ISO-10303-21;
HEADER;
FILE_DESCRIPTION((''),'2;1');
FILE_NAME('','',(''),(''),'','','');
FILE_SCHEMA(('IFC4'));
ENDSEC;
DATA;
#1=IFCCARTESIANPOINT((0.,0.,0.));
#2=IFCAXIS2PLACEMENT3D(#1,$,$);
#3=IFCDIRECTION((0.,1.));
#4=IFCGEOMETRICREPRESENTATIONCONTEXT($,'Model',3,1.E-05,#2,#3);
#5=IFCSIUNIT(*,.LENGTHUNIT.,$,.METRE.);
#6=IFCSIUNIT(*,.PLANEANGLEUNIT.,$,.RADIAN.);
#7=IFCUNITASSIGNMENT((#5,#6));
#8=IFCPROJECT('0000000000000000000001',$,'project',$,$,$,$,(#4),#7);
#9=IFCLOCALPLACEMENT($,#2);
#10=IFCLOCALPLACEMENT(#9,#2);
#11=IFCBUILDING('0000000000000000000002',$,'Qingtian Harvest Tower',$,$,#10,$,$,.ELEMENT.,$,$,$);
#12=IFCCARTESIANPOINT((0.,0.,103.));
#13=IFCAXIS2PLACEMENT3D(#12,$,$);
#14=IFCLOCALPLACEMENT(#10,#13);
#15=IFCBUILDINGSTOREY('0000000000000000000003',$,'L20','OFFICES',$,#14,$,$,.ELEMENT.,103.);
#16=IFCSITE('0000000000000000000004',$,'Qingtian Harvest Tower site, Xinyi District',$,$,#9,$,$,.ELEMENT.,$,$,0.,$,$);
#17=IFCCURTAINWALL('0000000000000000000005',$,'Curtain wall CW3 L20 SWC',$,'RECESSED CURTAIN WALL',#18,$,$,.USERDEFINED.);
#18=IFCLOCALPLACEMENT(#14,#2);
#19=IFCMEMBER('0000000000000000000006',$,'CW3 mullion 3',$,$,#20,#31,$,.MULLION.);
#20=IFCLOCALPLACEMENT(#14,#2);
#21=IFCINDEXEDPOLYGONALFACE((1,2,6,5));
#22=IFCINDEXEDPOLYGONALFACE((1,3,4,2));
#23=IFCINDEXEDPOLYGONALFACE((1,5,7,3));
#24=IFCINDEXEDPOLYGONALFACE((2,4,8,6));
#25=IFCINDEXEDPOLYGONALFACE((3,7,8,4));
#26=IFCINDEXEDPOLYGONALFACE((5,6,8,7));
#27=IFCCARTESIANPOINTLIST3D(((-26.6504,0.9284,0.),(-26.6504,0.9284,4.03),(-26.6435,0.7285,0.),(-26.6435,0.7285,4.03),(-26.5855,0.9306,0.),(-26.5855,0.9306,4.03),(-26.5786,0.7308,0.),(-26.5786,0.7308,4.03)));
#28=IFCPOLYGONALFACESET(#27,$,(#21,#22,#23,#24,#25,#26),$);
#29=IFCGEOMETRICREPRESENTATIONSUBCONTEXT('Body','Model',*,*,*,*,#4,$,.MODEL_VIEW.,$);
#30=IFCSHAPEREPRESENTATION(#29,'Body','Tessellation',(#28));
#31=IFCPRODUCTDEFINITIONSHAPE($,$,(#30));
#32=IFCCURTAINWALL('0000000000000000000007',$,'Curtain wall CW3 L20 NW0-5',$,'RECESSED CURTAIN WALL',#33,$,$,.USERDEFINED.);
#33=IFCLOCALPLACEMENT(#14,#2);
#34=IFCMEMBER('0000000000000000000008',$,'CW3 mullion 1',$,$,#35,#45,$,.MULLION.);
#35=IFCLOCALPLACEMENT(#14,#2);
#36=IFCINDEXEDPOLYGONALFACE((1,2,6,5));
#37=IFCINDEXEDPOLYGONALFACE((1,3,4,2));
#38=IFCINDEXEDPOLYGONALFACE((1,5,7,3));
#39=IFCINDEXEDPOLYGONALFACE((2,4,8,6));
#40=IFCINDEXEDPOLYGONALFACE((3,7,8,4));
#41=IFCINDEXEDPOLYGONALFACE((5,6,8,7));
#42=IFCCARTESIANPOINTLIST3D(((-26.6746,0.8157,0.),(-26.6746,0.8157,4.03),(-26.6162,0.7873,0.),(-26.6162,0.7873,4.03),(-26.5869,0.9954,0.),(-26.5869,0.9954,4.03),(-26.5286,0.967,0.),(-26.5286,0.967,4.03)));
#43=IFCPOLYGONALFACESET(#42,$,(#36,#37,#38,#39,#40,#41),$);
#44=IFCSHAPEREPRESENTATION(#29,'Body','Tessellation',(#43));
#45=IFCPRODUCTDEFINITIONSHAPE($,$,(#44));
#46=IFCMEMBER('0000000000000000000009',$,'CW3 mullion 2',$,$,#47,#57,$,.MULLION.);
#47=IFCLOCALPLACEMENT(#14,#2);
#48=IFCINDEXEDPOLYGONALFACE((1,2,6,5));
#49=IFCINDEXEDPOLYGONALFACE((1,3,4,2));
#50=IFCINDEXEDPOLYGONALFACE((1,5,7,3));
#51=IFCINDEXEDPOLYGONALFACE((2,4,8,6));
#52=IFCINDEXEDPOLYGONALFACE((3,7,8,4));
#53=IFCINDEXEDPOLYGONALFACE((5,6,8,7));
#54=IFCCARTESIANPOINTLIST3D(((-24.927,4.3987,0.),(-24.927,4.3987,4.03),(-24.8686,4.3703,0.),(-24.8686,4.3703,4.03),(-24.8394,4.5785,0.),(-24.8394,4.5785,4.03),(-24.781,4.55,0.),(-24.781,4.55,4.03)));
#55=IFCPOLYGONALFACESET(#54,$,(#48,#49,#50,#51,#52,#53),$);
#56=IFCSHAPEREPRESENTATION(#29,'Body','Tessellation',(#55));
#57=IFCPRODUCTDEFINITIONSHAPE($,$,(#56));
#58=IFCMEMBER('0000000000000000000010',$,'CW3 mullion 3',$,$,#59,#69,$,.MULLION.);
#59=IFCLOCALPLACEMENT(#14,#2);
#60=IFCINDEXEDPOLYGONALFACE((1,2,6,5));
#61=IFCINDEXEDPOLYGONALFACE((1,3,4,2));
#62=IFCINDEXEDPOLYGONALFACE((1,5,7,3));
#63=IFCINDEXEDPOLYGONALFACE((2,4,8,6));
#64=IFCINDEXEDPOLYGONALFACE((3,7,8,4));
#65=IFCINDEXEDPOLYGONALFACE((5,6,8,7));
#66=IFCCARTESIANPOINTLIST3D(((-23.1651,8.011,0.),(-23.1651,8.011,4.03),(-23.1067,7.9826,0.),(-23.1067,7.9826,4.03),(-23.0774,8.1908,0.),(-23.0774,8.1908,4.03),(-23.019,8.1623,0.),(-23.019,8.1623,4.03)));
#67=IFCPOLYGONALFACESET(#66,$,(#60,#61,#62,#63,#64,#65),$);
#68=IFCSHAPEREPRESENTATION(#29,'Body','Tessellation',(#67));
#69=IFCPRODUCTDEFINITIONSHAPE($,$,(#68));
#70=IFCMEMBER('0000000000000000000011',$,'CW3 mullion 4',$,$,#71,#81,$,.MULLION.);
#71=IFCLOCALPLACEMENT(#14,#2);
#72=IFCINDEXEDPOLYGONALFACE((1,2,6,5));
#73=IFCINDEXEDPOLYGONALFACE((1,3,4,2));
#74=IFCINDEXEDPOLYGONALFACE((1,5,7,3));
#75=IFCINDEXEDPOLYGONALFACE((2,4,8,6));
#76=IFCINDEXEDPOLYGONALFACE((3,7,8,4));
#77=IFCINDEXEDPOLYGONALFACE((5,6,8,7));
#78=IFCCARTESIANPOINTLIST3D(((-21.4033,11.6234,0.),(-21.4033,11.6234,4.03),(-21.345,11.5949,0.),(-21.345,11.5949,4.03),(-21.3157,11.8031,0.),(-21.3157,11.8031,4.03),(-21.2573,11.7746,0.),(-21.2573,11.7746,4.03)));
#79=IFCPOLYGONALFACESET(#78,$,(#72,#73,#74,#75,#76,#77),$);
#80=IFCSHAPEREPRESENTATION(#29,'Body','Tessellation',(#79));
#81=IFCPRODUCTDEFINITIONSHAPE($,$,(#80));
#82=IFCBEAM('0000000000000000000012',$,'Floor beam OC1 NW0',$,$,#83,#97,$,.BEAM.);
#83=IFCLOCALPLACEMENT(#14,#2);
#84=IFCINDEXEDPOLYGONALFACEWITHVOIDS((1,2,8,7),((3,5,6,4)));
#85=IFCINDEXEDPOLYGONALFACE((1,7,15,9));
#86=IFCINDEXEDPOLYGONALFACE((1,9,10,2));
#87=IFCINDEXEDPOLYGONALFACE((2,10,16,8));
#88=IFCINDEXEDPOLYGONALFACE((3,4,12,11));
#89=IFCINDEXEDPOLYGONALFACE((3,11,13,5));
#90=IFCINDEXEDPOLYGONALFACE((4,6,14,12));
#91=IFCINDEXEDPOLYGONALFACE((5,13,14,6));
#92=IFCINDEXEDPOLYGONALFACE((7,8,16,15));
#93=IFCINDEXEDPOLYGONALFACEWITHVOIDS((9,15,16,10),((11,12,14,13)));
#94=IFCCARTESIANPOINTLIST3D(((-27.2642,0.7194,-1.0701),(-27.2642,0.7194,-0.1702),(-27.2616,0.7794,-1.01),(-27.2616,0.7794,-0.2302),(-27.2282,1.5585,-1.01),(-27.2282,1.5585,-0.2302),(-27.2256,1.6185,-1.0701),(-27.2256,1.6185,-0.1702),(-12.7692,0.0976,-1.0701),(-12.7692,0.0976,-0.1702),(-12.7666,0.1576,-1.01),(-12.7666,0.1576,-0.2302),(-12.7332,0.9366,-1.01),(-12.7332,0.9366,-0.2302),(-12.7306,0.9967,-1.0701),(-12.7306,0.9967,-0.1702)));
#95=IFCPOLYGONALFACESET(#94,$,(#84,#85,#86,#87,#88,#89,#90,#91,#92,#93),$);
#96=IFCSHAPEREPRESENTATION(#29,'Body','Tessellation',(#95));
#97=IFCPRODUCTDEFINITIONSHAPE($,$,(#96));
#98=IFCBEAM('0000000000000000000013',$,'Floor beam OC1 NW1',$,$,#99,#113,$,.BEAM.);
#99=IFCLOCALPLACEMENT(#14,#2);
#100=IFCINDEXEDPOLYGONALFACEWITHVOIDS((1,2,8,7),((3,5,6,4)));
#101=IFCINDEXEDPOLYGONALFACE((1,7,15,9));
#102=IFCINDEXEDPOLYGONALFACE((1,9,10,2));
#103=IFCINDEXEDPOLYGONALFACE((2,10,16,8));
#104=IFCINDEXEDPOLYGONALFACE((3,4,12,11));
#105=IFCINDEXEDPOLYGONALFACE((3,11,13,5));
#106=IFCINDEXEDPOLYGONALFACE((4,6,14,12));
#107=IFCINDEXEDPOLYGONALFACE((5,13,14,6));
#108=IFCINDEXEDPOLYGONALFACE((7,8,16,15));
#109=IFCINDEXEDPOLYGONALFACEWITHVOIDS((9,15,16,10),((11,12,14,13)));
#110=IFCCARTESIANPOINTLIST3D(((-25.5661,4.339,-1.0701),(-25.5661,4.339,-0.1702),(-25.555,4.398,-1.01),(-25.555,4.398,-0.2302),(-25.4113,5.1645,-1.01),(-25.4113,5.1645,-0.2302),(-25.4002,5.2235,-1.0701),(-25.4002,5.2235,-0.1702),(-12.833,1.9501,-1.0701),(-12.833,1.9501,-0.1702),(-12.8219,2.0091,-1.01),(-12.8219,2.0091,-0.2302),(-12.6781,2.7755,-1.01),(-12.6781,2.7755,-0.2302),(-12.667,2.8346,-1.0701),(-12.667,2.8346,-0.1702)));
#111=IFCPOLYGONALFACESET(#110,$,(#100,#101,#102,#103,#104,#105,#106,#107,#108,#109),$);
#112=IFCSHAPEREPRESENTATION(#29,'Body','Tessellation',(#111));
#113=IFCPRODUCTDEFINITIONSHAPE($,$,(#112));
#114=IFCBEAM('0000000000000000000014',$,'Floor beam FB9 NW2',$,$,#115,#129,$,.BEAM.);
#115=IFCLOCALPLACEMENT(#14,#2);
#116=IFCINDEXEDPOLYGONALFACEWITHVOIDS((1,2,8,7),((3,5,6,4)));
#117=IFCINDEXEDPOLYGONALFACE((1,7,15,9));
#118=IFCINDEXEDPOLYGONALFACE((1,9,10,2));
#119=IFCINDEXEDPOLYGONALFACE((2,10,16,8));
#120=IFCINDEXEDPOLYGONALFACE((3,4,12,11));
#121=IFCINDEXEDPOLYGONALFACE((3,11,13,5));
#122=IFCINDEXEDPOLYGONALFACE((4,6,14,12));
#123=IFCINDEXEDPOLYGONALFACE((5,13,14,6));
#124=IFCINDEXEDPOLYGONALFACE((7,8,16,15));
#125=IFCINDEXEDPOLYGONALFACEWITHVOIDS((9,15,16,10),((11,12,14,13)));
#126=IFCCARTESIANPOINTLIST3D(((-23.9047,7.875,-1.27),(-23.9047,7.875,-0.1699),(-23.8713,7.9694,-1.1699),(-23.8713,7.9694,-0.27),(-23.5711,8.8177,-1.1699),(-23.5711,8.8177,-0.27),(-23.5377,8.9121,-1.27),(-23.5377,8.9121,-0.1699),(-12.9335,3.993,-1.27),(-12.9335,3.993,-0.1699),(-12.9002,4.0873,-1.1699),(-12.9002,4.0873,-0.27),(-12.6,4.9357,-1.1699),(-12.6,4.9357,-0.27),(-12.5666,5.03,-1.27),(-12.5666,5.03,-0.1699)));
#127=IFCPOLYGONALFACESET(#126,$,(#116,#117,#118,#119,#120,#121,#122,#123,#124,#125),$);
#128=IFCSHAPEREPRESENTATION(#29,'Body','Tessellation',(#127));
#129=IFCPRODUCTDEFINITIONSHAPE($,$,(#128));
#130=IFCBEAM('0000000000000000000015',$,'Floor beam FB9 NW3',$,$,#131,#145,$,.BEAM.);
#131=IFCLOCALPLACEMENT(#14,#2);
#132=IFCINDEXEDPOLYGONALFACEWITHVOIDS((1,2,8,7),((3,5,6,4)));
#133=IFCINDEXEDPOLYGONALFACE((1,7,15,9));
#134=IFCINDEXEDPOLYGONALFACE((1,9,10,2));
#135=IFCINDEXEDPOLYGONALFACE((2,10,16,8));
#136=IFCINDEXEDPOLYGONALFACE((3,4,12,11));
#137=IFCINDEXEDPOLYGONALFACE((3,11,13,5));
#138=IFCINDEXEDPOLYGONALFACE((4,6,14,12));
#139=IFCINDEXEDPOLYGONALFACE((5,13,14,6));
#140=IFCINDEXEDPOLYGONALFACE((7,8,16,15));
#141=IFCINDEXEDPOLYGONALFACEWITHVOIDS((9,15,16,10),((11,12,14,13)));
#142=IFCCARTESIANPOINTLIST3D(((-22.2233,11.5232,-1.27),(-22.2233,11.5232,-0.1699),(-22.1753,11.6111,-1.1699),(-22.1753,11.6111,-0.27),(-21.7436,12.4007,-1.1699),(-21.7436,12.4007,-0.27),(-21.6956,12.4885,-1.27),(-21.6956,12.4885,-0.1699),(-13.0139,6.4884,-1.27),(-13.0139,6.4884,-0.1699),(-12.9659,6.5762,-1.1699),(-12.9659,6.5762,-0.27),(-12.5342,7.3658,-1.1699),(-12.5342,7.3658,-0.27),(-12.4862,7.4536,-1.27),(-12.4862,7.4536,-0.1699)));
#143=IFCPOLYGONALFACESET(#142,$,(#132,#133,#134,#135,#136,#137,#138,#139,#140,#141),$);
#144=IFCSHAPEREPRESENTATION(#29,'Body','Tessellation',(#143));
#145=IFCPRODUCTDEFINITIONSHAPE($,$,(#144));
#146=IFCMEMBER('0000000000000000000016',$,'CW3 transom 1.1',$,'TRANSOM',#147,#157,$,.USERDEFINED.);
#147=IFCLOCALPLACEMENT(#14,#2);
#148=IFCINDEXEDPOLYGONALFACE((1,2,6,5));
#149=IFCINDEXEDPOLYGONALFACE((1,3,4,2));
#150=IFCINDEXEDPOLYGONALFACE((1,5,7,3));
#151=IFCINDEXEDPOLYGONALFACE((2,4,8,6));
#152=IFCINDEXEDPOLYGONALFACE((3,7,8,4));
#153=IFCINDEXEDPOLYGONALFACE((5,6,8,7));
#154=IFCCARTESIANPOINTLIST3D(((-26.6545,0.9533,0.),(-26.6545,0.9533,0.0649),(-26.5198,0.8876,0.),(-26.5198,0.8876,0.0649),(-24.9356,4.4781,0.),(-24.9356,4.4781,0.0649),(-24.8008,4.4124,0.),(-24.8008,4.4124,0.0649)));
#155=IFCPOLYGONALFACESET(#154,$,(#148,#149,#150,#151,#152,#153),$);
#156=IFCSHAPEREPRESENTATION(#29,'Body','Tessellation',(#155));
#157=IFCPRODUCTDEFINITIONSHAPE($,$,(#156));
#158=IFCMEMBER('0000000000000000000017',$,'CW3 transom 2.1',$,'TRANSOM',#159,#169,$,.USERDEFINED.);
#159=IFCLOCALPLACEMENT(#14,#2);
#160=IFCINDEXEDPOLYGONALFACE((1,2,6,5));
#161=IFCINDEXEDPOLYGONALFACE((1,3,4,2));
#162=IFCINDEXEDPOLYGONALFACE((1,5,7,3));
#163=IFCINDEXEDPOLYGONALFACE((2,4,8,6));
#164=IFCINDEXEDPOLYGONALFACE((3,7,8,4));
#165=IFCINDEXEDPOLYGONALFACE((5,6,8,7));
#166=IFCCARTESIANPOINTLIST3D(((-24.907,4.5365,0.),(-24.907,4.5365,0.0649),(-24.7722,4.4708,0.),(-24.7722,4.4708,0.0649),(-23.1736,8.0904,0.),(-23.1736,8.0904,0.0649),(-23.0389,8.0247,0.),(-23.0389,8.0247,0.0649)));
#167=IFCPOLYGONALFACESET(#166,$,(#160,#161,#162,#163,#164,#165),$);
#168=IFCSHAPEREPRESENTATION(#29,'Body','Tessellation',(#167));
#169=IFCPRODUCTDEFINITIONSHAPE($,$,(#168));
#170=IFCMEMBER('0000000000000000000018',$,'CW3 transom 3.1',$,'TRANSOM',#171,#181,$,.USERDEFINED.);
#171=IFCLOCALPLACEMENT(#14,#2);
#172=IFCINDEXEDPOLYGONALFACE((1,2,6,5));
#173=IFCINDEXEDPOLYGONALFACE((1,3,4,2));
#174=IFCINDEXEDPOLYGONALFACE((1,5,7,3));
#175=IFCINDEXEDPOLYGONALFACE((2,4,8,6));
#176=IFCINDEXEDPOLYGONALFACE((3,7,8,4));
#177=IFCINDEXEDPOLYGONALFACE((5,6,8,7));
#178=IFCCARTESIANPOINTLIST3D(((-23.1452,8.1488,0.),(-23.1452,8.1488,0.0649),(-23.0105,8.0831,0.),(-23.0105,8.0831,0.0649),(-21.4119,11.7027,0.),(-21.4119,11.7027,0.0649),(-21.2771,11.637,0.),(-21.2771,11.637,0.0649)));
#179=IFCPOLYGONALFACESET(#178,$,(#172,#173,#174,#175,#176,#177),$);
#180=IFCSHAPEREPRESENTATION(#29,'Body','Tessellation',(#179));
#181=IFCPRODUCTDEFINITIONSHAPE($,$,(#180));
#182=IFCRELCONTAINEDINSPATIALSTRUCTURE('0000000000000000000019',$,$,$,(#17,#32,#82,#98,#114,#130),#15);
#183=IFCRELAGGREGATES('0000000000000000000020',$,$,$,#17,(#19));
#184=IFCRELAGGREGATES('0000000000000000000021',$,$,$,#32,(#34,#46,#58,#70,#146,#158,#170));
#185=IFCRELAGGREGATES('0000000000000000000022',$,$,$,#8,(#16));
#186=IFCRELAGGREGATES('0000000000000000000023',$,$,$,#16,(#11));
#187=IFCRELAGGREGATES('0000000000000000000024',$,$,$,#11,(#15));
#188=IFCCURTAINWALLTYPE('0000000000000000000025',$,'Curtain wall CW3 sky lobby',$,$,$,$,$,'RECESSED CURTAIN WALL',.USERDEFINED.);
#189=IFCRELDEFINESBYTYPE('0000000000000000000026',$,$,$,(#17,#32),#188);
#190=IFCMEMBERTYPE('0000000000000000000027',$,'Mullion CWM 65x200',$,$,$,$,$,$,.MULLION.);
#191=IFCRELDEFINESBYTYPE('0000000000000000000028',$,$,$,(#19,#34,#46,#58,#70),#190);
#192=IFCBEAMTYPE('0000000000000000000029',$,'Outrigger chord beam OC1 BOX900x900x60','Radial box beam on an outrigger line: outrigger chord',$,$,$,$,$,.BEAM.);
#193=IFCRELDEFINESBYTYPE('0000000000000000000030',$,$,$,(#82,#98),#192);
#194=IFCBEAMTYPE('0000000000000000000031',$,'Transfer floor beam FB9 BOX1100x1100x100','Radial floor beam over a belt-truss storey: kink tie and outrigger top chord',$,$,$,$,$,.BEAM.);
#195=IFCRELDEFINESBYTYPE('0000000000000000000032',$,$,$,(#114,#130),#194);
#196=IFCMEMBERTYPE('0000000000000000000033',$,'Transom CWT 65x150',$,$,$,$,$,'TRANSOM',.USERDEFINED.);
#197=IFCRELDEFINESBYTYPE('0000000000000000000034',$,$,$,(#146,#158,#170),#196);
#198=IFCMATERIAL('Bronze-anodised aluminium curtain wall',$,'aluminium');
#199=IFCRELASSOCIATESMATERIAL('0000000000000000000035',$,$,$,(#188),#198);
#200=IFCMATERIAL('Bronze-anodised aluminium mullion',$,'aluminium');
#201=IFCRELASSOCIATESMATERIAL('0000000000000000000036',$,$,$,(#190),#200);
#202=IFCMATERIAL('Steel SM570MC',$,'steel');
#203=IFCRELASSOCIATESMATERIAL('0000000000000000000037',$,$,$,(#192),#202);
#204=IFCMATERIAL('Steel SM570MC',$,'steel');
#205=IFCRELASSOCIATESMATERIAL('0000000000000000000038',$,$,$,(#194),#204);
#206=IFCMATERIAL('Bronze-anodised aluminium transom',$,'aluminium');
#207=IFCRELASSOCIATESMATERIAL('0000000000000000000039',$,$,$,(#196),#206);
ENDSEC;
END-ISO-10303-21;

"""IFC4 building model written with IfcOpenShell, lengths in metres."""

from ifc_helpers import new_model, si_unit, direction, frame, origin, origin_2d, place, context, subcontext, project, spatial, rectangle, hollow_rectangle, extrude, material, material_profile, profile_set, type_object, element, aggregate, save


model = new_model("IFC4")

# Units and contexts
model_context = context("Model", 3, precision=1e-05, world=origin(), true_north=direction((0.0, 1.0)))
body_context = subcontext(model_context, "Body", "Model", "MODEL_VIEW")
ifc_project = project(units=[si_unit("LENGTHUNIT", "METRE"), si_unit("PLANEANGLEUNIT", "RADIAN")], contexts=[model_context])

# Site, building, storey
site_placement = place(None, origin())
site = spatial("IfcSite", under=ifc_project, at=site_placement, Name="Qingtian Harvest Tower site, Xinyi District", CompositionType="ELEMENT", RefElevation=0.0)
building_placement = place(site_placement, origin())
building = spatial("IfcBuilding", under=site, at=building_placement, Name="Qingtian Harvest Tower", CompositionType="ELEMENT")
storey_placement = place(building_placement, frame((0.0, 0.0, 103.0)))
storey = spatial("IfcBuildingStorey", under=building, at=storey_placement, Name="L20", Description="OFFICES", CompositionType="ELEMENT", Elevation=103.0)

# Curtain wall, member
ifc_material_1 = material(Name="Bronze-anodised aluminium curtain wall", Category="aluminium")
curtain_wall_type = type_object("IfcCurtainWallType", Name="Curtain wall CW3 sky lobby", ElementType="RECESSED CURTAIN WALL", PredefinedType="USERDEFINED", material=ifc_material_1)
curtain_wall_1_placement = place(storey_placement, origin())
curtain_wall_1 = element("IfcCurtainWall", 1, at=curtain_wall_1_placement, inside=storey, type_object=curtain_wall_type, Name="Curtain wall CW3 L20 SWC", ObjectType="RECESSED CURTAIN WALL", PredefinedType="USERDEFINED")
ifc_material_2 = material(Name="Bronze-anodised aluminium mullion", Category="aluminium")
ifc_material_profile_1 = material_profile(ifc_material_2, rectangle(XDim=0.0649, YDim=0.2, at=origin_2d()), Name="AL 65x200")
ifc_profile_set_1 = profile_set([ifc_material_profile_1], Name="Bronze-anodised aluminium mullion")
member_type_1 = type_object("IfcMemberType", Name="Mullion CWM 65x200", PredefinedType="MULLION", material=ifc_profile_set_1)
member_1_placement = place(storey_placement, frame((-26.6145, 0.8296, 0.0), z_axis=(0.0, 0.0, 1.0), x_axis=(-0.999391, -0.034899, 0.0)))
member_1 = element("IfcMember", 2, at=member_1_placement, type_object=member_type_1, Name="CW3 mullion 3", PredefinedType="MULLION", context=body_context, shape_type="SweptSolid", body=[
    extrude(rectangle(XDim=0.0649, YDim=0.2, at=origin_2d()), origin(), (0.0, 0.0, 1.0), 4.03),
])
aggregate(curtain_wall_1, [member_1])

# Curtain wall, members
curtain_wall_2_placement = place(storey_placement, origin())
curtain_wall_2 = element("IfcCurtainWall", 3, at=curtain_wall_2_placement, inside=storey, type_object=curtain_wall_type, Name="Curtain wall CW3 L20 NW0-5", ObjectType="RECESSED CURTAIN WALL", PredefinedType="USERDEFINED")
member_2_placement = place(storey_placement, frame((-26.6016, 0.8914, 0.0), z_axis=(0.0, 0.0, 1.0), x_axis=(-0.898794, 0.438371, 0.0)))
member_2 = element("IfcMember", 4, at=member_2_placement, type_object=member_type_1, Name="CW3 mullion 1", PredefinedType="MULLION", context=body_context, shape_type="SweptSolid", body=[
    extrude(rectangle(XDim=0.0649, YDim=0.2, at=origin_2d()), origin(), (0.0, 0.0, 1.0), 4.03),
])
member_3_placement = place(storey_placement, frame((-24.854, 4.4744, 0.0), z_axis=(0.0, 0.0, 1.0), x_axis=(-0.898794, 0.438371, 0.0)))
member_3 = element("IfcMember", 5, at=member_3_placement, type_object=member_type_1, Name="CW3 mullion 2", PredefinedType="MULLION", context=body_context, shape_type="SweptSolid", body=[
    extrude(rectangle(XDim=0.0649, YDim=0.2, at=origin_2d()), origin(), (0.0, 0.0, 1.0), 4.03),
])
member_4_placement = place(storey_placement, frame((-23.092, 8.0867, 0.0), z_axis=(0.0, 0.0, 1.0), x_axis=(-0.898794, 0.438371, 0.0)))
member_4 = element("IfcMember", 6, at=member_4_placement, type_object=member_type_1, Name="CW3 mullion 3", PredefinedType="MULLION", context=body_context, shape_type="SweptSolid", body=[
    extrude(rectangle(XDim=0.0649, YDim=0.2, at=origin_2d()), origin(), (0.0, 0.0, 1.0), 4.03),
])
member_5_placement = place(storey_placement, frame((-21.3303, 11.699, 0.0), z_axis=(0.0, 0.0, 1.0), x_axis=(-0.898794, 0.438371, 0.0)))
member_5 = element("IfcMember", 7, at=member_5_placement, type_object=member_type_1, Name="CW3 mullion 4", PredefinedType="MULLION", context=body_context, shape_type="SweptSolid", body=[
    extrude(rectangle(XDim=0.0649, YDim=0.2, at=origin_2d()), origin(), (0.0, 0.0, 1.0), 4.03),
])

# Beams
ifc_material_3 = material(Name="Steel SM570MC", Category="steel")
ifc_material_profile_2 = material_profile(ifc_material_3, hollow_rectangle(XDim=0.8999, YDim=0.8999, WallThickness=0.0601, at=origin_2d()), Name="BOX900x900x60")
ifc_profile_set_2 = profile_set([ifc_material_profile_2], Name="Steel SM570MC")
beam_type_1 = type_object("IfcBeamType", Name="Outrigger chord beam OC1 BOX900x900x60", Description="Radial box beam on an outrigger line: outrigger chord", PredefinedType="BEAM", material=ifc_profile_set_2)
beam_1_placement = place(storey_placement, frame((-27.2449, 1.1689, -0.6201), z_axis=(0.999081, -0.04286, 0.0), x_axis=(0.04286, 0.999081, 0.0)))
element("IfcBeam", 8, at=beam_1_placement, inside=storey, type_object=beam_type_1, Name="Floor beam OC1 NW0", PredefinedType="BEAM", context=body_context, shape_type="SweptSolid", body=[
    extrude(hollow_rectangle(XDim=0.8999, YDim=0.8999, WallThickness=0.0601, at=origin_2d()), origin(), (0.0, 0.0, 1.0), 14.5083),
])
beam_2_placement = place(storey_placement, frame((-25.4832, 4.7812, -0.6201), z_axis=(0.982852, -0.184397, 0.0), x_axis=(0.184397, 0.982852, 0.0)))
element("IfcBeam", 9, at=beam_2_placement, inside=storey, type_object=beam_type_1, Name="Floor beam OC1 NW1", PredefinedType="BEAM", context=body_context, shape_type="SweptSolid", body=[
    extrude(hollow_rectangle(XDim=0.8999, YDim=0.8999, WallThickness=0.0601, at=origin_2d()), origin(), (0.0, 0.0, 1.0), 12.9553),
])
ifc_material_4 = material(Name="Steel SM570MC", Category="steel")
ifc_material_profile_3 = material_profile(ifc_material_4, hollow_rectangle(XDim=1.1001, YDim=1.1001, WallThickness=0.1001, at=origin_2d()), Name="BOX1100x1100x100")
ifc_profile_set_3 = profile_set([ifc_material_profile_3], Name="Steel SM570MC")
beam_type_2 = type_object("IfcBeamType", Name="Transfer floor beam FB9 BOX1100x1100x100", Description="Radial floor beam over a belt-truss storey: kink tie and outrigger top chord", PredefinedType="BEAM", material=ifc_profile_set_3)
beam_3_placement = place(storey_placement, frame((-23.7212, 8.3936, -0.72), z_axis=(0.942723, -0.333576, 0.0), x_axis=(0.333576, 0.942723, 0.0)))
element("IfcBeam", 10, at=beam_3_placement, inside=storey, type_object=beam_type_2, Name="Floor beam FB9 NW2", PredefinedType="BEAM", context=body_context, shape_type="SweptSolid", body=[
    extrude(hollow_rectangle(XDim=1.1001, YDim=1.1001, WallThickness=0.1001, at=origin_2d()), origin(), (0.0, 0.0, 1.0), 11.6377),
])
beam_4_placement = place(storey_placement, frame((-21.9595, 12.0059, -0.72), z_axis=(0.877432, -0.479701, 0.0), x_axis=(0.479701, 0.877432, 0.0)))
element("IfcBeam", 11, at=beam_4_placement, inside=storey, type_object=beam_type_2, Name="Floor beam FB9 NW3", PredefinedType="BEAM", context=body_context, shape_type="SweptSolid", body=[
    extrude(hollow_rectangle(XDim=1.1001, YDim=1.1001, WallThickness=0.1001, at=origin_2d()), origin(), (0.0, 0.0, 1.0), 10.4958),
])

# Members
ifc_material_5 = material(Name="Bronze-anodised aluminium transom", Category="aluminium")
ifc_material_profile_4 = material_profile(ifc_material_5, rectangle(XDim=0.1499, YDim=0.0649, at=origin_2d()), Name="AL 65x150")
ifc_profile_set_4 = profile_set([ifc_material_profile_4], Name="Bronze-anodised aluminium transom")
member_type_2 = type_object("IfcMemberType", Name="Transom CWT 65x150", ElementType="TRANSOM", PredefinedType="USERDEFINED", material=ifc_profile_set_4)
member_6_placement = place(storey_placement, frame((-26.5872, 0.9204, 0.0325), z_axis=(0.438327, 0.898816, 0.0), x_axis=(-0.898816, 0.438327, 0.0)))
member_6 = element("IfcMember", 12, at=member_6_placement, type_object=member_type_2, Name="CW3 transom 1.1", ObjectType="TRANSOM", PredefinedType="USERDEFINED", context=body_context, shape_type="SweptSolid", body=[
    extrude(rectangle(XDim=0.1499, YDim=0.0649, at=origin_2d()), origin(), (0.0, 0.0, 1.0), 3.9216),
])
member_7_placement = place(storey_placement, frame((-24.8396, 4.5037, 0.0325), z_axis=(0.438375, 0.898792, 0.0), x_axis=(-0.898792, 0.438375, 0.0)))
member_7 = element("IfcMember", 13, at=member_7_placement, type_object=member_type_2, Name="CW3 transom 2.1", ObjectType="TRANSOM", PredefinedType="USERDEFINED", context=body_context, shape_type="SweptSolid", body=[
    extrude(rectangle(XDim=0.1499, YDim=0.0649, at=origin_2d()), origin(), (0.0, 0.0, 1.0), 3.9541),
])
member_8_placement = place(storey_placement, frame((-23.0779, 8.116, 0.0325), z_axis=(0.438375, 0.898792, 0.0), x_axis=(-0.898792, 0.438375, 0.0)))
member_8 = element("IfcMember", 14, at=member_8_placement, type_object=member_type_2, Name="CW3 transom 3.1", ObjectType="TRANSOM", PredefinedType="USERDEFINED", context=body_context, shape_type="SweptSolid", body=[
    extrude(rectangle(XDim=0.1499, YDim=0.0649, at=origin_2d()), origin(), (0.0, 0.0, 1.0), 3.9541),
])

aggregate(curtain_wall_2, [member_2, member_3, member_4, member_5, member_6, member_7, member_8])

save(model, "model.ifc")
